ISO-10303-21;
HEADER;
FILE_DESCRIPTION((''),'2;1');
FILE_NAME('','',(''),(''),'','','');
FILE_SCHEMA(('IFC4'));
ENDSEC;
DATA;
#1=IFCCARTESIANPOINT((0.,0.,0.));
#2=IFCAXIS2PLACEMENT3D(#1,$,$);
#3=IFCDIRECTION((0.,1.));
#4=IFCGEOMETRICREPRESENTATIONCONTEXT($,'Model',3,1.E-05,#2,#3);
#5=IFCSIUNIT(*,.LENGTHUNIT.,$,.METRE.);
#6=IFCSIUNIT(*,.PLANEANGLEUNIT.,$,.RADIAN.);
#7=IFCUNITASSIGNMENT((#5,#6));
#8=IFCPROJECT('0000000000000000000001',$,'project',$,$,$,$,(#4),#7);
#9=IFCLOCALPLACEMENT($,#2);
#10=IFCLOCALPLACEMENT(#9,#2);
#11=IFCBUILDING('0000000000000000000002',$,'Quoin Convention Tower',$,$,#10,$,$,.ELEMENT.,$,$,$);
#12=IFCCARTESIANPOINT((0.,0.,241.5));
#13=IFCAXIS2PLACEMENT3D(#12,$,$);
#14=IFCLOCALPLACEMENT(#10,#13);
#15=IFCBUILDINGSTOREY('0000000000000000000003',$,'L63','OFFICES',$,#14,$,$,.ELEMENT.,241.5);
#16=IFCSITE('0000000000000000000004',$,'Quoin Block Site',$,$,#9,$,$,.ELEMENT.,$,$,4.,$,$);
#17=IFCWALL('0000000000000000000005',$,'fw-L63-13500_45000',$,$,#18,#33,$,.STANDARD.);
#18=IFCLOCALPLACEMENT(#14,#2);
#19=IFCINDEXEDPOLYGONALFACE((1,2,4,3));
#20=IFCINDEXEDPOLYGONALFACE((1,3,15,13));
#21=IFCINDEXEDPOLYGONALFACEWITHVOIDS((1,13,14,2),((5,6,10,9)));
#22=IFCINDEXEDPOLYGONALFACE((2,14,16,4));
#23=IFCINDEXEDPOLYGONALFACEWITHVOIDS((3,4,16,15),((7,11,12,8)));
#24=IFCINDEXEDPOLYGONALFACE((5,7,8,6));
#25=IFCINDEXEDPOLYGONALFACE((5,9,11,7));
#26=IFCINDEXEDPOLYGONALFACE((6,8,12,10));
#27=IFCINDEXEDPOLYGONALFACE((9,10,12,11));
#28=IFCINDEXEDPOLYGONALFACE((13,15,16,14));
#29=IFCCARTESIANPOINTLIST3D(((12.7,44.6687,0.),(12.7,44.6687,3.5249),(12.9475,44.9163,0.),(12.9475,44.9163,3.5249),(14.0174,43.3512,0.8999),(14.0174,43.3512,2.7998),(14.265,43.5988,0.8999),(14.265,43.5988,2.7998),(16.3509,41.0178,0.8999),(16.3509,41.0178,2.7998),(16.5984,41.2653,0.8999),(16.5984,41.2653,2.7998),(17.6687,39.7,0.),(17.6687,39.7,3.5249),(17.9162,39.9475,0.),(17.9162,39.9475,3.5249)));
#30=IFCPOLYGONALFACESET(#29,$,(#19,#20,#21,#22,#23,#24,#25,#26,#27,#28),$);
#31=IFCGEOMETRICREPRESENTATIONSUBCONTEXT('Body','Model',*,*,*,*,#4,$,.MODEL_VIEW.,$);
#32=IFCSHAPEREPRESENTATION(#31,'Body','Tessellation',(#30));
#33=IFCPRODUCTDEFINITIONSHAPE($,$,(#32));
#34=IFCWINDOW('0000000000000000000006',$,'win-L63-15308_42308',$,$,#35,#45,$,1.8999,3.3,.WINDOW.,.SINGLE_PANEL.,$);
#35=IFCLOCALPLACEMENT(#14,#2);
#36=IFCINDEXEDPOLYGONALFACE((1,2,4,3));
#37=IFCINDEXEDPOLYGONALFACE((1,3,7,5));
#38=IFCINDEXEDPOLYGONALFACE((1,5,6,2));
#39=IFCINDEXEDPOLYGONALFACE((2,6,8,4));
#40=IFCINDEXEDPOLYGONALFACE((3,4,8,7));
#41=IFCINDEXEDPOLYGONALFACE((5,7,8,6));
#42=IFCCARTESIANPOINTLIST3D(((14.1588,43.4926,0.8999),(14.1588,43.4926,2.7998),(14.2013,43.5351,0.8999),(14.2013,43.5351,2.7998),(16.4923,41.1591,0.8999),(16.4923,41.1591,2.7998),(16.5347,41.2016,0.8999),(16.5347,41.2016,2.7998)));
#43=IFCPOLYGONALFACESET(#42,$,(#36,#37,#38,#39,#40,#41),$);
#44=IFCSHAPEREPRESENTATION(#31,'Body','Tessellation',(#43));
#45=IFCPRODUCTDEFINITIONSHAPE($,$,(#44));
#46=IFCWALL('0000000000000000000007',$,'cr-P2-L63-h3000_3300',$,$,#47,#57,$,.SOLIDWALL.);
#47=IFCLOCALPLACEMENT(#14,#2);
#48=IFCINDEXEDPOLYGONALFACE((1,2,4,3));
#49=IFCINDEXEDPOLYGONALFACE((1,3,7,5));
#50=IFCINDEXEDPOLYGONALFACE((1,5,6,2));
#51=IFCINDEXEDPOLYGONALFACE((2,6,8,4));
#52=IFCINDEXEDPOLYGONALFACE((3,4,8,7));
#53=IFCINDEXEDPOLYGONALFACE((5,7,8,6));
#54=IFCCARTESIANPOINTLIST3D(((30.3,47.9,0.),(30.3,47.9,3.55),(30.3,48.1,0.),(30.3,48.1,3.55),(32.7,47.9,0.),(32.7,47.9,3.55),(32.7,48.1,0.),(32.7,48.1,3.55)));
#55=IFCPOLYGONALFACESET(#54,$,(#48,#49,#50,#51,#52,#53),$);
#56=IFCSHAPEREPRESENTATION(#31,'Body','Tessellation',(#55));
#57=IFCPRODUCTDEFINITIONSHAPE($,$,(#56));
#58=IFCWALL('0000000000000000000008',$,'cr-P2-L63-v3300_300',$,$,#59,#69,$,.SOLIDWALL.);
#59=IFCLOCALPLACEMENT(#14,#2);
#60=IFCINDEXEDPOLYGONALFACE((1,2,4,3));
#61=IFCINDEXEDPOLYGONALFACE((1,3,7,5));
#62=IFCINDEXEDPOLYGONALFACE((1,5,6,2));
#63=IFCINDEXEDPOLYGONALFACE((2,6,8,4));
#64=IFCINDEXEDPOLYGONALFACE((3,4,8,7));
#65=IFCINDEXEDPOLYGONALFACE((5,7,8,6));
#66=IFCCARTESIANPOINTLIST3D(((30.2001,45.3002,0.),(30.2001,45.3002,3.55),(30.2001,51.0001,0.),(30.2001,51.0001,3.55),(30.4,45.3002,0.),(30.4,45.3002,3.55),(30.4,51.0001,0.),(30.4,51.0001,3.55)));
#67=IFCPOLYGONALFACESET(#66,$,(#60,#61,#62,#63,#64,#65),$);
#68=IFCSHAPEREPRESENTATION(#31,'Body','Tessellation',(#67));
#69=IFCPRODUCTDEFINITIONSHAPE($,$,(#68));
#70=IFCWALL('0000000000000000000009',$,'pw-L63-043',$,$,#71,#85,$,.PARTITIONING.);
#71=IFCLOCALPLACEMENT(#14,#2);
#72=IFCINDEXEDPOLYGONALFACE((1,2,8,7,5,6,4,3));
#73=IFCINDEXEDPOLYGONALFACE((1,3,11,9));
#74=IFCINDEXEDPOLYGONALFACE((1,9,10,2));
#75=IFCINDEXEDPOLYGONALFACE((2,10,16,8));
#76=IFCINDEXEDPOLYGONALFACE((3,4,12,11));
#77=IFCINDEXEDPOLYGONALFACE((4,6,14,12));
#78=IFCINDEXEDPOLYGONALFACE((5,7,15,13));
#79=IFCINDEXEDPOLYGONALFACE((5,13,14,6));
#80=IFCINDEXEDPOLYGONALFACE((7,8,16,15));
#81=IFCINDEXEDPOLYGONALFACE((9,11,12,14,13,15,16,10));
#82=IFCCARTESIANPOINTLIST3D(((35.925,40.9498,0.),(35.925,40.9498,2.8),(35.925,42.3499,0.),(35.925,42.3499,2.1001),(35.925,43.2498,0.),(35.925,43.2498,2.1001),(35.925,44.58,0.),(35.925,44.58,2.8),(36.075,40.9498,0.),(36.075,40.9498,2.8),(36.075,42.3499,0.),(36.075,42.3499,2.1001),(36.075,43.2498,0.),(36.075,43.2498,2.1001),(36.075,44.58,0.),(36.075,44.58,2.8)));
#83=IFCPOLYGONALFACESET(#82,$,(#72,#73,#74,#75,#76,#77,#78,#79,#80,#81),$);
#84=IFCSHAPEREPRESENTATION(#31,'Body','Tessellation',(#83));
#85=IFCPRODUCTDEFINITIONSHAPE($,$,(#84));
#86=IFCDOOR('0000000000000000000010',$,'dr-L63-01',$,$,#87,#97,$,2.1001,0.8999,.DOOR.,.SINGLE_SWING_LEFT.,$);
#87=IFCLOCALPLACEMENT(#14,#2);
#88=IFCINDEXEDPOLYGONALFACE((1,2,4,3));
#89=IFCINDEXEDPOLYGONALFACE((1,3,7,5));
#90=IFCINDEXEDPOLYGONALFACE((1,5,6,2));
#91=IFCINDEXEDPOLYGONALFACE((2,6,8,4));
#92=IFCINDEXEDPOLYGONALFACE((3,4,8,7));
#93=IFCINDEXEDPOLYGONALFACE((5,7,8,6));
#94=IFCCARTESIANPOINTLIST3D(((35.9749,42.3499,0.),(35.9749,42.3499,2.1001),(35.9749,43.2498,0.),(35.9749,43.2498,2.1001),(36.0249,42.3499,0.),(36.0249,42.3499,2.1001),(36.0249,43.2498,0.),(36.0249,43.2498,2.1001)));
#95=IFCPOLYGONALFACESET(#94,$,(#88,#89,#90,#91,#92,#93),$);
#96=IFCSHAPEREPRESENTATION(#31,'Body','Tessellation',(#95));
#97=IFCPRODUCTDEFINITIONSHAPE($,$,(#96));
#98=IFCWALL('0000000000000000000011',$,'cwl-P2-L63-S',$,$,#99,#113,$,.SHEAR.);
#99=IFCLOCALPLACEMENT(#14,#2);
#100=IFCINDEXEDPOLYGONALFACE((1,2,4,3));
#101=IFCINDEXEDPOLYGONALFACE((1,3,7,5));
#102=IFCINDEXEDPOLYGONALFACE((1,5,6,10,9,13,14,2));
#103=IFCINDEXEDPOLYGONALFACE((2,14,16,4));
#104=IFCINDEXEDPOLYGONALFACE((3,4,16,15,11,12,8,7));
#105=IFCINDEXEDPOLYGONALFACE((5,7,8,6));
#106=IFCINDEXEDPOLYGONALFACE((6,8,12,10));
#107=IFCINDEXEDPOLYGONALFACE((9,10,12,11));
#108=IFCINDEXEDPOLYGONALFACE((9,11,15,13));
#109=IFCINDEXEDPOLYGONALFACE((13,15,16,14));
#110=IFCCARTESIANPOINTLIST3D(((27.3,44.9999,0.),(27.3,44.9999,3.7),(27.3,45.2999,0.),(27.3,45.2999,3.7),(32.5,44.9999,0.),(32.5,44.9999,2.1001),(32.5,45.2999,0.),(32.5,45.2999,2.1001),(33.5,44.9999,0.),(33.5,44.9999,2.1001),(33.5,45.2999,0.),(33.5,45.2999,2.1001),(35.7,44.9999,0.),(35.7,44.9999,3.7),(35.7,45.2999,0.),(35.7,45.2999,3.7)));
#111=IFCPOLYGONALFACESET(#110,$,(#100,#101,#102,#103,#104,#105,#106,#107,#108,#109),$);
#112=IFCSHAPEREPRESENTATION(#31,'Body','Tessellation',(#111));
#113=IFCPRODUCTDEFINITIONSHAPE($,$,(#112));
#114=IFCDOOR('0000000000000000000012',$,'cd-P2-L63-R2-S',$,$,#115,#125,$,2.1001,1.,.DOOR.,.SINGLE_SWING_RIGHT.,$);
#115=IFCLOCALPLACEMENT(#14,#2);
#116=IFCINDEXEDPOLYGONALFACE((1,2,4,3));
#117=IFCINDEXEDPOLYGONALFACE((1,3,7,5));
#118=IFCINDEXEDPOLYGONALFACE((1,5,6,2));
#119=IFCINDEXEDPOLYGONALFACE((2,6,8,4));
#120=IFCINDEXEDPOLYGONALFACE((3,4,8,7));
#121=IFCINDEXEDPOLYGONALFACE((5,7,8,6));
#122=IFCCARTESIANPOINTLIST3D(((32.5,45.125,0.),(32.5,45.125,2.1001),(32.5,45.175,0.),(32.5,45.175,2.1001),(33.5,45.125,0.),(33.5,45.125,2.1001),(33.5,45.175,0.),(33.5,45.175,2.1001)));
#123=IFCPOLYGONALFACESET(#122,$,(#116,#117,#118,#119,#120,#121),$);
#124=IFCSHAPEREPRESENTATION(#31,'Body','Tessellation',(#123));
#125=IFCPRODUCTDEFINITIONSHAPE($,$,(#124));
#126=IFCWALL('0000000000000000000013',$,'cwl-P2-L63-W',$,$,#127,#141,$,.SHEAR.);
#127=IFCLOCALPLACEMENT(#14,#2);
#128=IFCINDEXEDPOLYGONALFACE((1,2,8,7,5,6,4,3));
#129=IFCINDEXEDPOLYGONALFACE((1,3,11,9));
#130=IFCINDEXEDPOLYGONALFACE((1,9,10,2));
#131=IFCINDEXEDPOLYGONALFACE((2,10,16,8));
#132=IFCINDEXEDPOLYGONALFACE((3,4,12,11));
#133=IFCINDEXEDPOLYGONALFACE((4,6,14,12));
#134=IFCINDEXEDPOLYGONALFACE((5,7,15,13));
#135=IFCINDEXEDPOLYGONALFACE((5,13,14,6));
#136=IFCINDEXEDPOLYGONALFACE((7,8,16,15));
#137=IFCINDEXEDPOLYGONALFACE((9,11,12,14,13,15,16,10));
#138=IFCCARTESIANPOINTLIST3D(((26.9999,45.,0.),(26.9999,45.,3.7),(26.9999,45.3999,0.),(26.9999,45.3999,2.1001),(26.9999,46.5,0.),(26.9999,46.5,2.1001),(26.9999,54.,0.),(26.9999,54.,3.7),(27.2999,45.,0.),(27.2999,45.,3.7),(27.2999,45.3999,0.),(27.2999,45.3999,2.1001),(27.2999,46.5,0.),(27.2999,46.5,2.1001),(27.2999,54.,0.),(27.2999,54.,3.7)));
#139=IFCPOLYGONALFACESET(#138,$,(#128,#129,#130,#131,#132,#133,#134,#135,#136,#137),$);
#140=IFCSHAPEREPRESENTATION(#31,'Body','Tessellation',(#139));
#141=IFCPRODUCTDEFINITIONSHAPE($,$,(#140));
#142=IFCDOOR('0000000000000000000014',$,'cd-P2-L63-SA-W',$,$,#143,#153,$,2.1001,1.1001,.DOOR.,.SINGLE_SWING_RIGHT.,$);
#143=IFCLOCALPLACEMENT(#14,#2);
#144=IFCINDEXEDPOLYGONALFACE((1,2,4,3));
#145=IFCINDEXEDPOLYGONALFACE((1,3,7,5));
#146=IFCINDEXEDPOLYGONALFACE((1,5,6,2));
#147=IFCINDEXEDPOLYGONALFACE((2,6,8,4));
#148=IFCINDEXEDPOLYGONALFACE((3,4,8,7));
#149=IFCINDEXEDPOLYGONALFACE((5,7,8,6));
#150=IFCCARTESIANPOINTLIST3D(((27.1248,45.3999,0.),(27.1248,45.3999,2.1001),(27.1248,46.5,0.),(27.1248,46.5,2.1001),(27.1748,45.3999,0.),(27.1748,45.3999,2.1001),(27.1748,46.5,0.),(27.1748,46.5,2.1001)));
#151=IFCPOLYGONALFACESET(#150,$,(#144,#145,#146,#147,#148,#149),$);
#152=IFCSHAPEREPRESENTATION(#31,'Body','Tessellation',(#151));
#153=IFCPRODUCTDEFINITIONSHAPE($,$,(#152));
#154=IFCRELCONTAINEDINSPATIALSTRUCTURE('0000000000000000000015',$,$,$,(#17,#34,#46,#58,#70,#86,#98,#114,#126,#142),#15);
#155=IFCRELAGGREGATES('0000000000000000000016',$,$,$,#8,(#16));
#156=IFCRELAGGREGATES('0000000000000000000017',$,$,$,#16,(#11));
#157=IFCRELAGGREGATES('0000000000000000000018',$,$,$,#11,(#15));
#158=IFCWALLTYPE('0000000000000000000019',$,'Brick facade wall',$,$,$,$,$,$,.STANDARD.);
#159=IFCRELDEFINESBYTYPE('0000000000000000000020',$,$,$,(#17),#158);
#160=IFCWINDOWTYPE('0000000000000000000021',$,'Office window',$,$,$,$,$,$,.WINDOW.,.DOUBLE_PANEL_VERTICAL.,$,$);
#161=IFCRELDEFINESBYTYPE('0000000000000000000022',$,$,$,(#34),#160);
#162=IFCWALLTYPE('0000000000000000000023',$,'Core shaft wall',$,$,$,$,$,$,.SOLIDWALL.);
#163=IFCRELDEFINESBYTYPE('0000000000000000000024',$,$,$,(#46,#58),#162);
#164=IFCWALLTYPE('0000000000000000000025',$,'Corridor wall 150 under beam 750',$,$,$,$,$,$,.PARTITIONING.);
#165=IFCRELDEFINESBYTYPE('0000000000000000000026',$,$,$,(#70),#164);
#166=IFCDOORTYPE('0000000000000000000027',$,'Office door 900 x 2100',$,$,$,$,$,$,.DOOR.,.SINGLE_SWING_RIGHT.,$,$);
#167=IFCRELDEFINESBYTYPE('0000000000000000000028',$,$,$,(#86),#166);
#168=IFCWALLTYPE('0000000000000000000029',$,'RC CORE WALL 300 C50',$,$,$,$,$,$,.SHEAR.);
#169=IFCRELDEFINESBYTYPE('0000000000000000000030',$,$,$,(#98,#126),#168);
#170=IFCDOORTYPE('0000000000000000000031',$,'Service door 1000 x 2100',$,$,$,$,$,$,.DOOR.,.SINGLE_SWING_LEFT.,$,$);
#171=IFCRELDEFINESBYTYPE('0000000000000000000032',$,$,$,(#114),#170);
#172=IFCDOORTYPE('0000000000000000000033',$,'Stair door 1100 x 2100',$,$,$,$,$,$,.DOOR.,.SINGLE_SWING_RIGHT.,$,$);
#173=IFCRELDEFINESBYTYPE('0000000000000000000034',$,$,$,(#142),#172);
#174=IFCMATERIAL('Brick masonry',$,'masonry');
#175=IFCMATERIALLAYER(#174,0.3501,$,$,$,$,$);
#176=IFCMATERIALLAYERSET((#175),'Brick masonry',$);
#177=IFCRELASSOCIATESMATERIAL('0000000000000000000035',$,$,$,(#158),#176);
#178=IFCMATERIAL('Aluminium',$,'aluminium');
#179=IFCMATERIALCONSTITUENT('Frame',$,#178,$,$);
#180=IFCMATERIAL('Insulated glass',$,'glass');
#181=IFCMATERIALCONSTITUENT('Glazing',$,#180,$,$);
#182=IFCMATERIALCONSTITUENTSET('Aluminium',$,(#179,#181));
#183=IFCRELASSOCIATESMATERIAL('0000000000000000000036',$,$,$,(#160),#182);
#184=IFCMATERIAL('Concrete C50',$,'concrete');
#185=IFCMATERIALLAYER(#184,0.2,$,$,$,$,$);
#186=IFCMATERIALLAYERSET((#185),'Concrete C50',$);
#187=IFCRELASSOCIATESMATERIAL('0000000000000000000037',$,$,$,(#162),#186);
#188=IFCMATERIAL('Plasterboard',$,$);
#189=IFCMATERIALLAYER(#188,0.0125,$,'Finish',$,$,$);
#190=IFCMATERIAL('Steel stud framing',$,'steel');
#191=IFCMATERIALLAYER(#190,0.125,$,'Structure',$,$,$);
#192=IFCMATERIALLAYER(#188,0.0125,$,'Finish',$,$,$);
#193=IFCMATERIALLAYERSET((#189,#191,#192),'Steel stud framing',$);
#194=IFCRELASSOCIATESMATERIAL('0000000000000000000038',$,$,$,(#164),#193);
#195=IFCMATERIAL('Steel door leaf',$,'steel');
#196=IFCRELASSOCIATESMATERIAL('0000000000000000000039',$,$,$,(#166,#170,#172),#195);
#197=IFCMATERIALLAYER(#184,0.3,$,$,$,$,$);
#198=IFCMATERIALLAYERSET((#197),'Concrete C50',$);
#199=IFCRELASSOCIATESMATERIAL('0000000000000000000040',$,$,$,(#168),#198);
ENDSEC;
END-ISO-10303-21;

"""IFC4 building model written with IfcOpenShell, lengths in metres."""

from ifc_helpers import new_model, si_unit, direction, frame, frame_2d, origin, place, context, subcontext, project, spatial, rectangle, extrude, material, layer, layer_set, constituent, constituent_set, type_object, element, fill, save


model = new_model("IFC4")

# Units and contexts
model_context = context("Model", 3, precision=1e-05, world=origin(), true_north=direction((0.0, 1.0)))
body_context = subcontext(model_context, "Body", "Model", "MODEL_VIEW")
ifc_project = project(units=[si_unit("LENGTHUNIT", "METRE"), si_unit("PLANEANGLEUNIT", "RADIAN")], contexts=[model_context])

# Site, building, storey
site_placement = place(None, origin())
site = spatial("IfcSite", under=ifc_project, at=site_placement, Name="Quoin Block Site", CompositionType="ELEMENT", RefElevation=4.0)
building_placement = place(site_placement, origin())
building = spatial("IfcBuilding", under=site, at=building_placement, Name="Quoin Convention Tower", CompositionType="ELEMENT")
storey_placement = place(building_placement, frame((0.0, 0.0, 241.5)))
storey = spatial("IfcBuildingStorey", under=building, at=storey_placement, Name="L63", Description="OFFICES", CompositionType="ELEMENT", Elevation=241.5)

# Shared definitions
ifc_material_1 = material(Name="Concrete C50", Category="concrete")

# Wall, opening, window
ifc_material_2 = material(Name="Brick masonry", Category="masonry")
ifc_layer_1 = layer(ifc_material_2, 0.3501)
ifc_layer_set_1 = layer_set([ifc_layer_1], Name="Brick masonry")
wall_type_1 = type_object("IfcWallType", Name="Brick facade wall", PredefinedType="STANDARD", material=ifc_layer_set_1)
wall_1_placement = place(storey_placement, frame((12.8237, 44.7925, 0.0), z_axis=(0.0, 0.0, 1.0), x_axis=(0.707107, -0.707107, 0.0)))
wall_1 = element("IfcWall", 1, at=wall_1_placement, inside=storey, type_object=wall_type_1, Name="fw-L63-13500_45000", PredefinedType="STANDARD", context=body_context, shape_type="SweptSolid", body=[
    extrude(rectangle(XDim=7.0269, YDim=0.3501, at=frame_2d((3.5134, 0.0))), origin(), (0.0, 0.0, 1.0), 3.5249),
])
opening_1_placement = place(wall_1_placement, frame((1.8633, 0.0, 0.8999)))
opening_1 = element("IfcOpeningElement", 2, at=opening_1_placement, cuts=wall_1, PredefinedType="OPENING", context=body_context, shape_type="SweptSolid", body=[
    extrude(rectangle(XDim=3.3, YDim=1.8999, at=frame_2d((1.6499, 0.95))), frame((0.0, 0.1851, 0.0), z_axis=(0.0, -1.0, 0.0), x_axis=(1.0, 0.0, 0.0)), (0.0, 0.0, 1.0), 0.3701),
])
ifc_material_3 = material(Name="Aluminium", Category="aluminium")
ifc_constituent_1 = constituent(ifc_material_3, Name="Frame")
ifc_material_4 = material(Name="Insulated glass", Category="glass")
ifc_constituent_2 = constituent(ifc_material_4, Name="Glazing")
ifc_constituent_set = constituent_set(constituents=[ifc_constituent_1, ifc_constituent_2], Name="Aluminium")
window_type = type_object("IfcWindowType", Name="Office window", PartitioningType="DOUBLE_PANEL_VERTICAL", PredefinedType="WINDOW", material=ifc_constituent_set)
window_placement = place(opening_1_placement, origin())
window = element("IfcWindow", 3, at=window_placement, inside=storey, type_object=window_type, Name="win-L63-15308_42308", OverallHeight=1.8999, OverallWidth=3.3, PartitioningType="SINGLE_PANEL", PredefinedType="WINDOW", context=body_context, shape_type="SweptSolid", body=[
    extrude(rectangle(XDim=3.3, YDim=1.8999, at=frame_2d((1.6499, 0.95))), frame((0.0, 0.085, 0.0), z_axis=(0.0, -1.0, 0.0), x_axis=(1.0, 0.0, 0.0)), (0.0, 0.0, 1.0), 0.0601),
])
fill(opening_1, window)

# Walls
ifc_layer_2 = layer(ifc_material_1, 0.2)
ifc_layer_set_2 = layer_set([ifc_layer_2], Name="Concrete C50")
wall_type_2 = type_object("IfcWallType", Name="Core shaft wall", PredefinedType="SOLIDWALL", material=ifc_layer_set_2)
wall_2_placement = place(storey_placement, frame((30.3, 48.0, 0.0), z_axis=(0.0, 0.0, 1.0), x_axis=(1.0, 0.0, 0.0)))
element("IfcWall", 4, at=wall_2_placement, inside=storey, type_object=wall_type_2, Name="cr-P2-L63-h3000_3300", PredefinedType="SOLIDWALL", context=body_context, shape_type="SweptSolid", body=[
    extrude(rectangle(XDim=2.3999, YDim=0.2, at=frame_2d((1.2, 0.0))), origin(), (0.0, 0.0, 1.0), 3.55),
])
wall_3_placement = place(storey_placement, frame((30.3, 45.3, 0.0), z_axis=(0.0, 0.0, 1.0), x_axis=(0.0, 1.0, 0.0)))
element("IfcWall", 5, at=wall_3_placement, inside=storey, type_object=wall_type_2, Name="cr-P2-L63-v3300_300", PredefinedType="SOLIDWALL", context=body_context, shape_type="SweptSolid", body=[
    extrude(rectangle(XDim=5.7, YDim=0.2, at=frame_2d((2.8501, 0.0))), origin(), (0.0, 0.0, 1.0), 3.55),
])

# Walls, openings, doors
ifc_material_5 = material(Name="Plasterboard")
ifc_layer_3 = layer(ifc_material_5, 0.0125, Name="Finish")
ifc_material_6 = material(Name="Steel stud framing", Category="steel")
ifc_layer_4 = layer(ifc_material_6, 0.125, Name="Structure")
ifc_layer_5 = layer(ifc_material_5, 0.0125, Name="Finish")
ifc_layer_set_3 = layer_set([ifc_layer_3, ifc_layer_4, ifc_layer_5], Name="Steel stud framing")
wall_type_3 = type_object("IfcWallType", Name="Corridor wall 150 under beam 750", PredefinedType="PARTITIONING", material=ifc_layer_set_3)
wall_4_placement = place(storey_placement, frame((36.0, 40.95, 0.0), z_axis=(0.0, 0.0, 1.0), x_axis=(0.0, 1.0, 0.0)))
wall_4 = element("IfcWall", 6, at=wall_4_placement, inside=storey, type_object=wall_type_3, Name="pw-L63-043", PredefinedType="PARTITIONING", context=body_context, shape_type="SweptSolid", body=[
    extrude(rectangle(XDim=3.6301, YDim=0.1499, at=frame_2d((1.8149, 0.0))), origin(), (0.0, 0.0, 1.0), 2.8),
])
opening_2_placement = place(wall_4_placement, frame((1.3999, 0.0, 0.0)))
opening_2 = element("IfcOpeningElement", 7, at=opening_2_placement, cuts=wall_4, PredefinedType="OPENING", context=body_context, shape_type="SweptSolid", body=[
    extrude(rectangle(XDim=0.8999, YDim=2.1001, at=frame_2d((0.45, 1.05))), frame((0.0, 0.085, 0.0), z_axis=(0.0, -1.0, 0.0), x_axis=(1.0, 0.0, 0.0)), (0.0, 0.0, 1.0), 0.1699),
])
ifc_material_7 = material(Name="Steel door leaf", Category="steel")
door_type_1 = type_object("IfcDoorType", Name="Office door 900 x 2100", OperationType="SINGLE_SWING_RIGHT", PredefinedType="DOOR", material=ifc_material_7)
door_1_placement = place(opening_2_placement, frame((0.8999, 0.0, 0.0), z_axis=(0.0, 0.0, 1.0), x_axis=(-1.0, 0.0, 0.0)))
door_1 = element("IfcDoor", 8, at=door_1_placement, inside=storey, type_object=door_type_1, Name="dr-L63-01", OperationType="SINGLE_SWING_LEFT", OverallHeight=2.1001, OverallWidth=0.8999, PredefinedType="DOOR", context=body_context, shape_type="SweptSolid", body=[
    extrude(rectangle(XDim=0.8999, YDim=2.1001, at=frame_2d((0.45, 1.05))), frame((0.0, 0.0249, 0.0), z_axis=(0.0, -1.0, 0.0), x_axis=(1.0, 0.0, 0.0)), (0.0, 0.0, 1.0), 0.05),
])
fill(opening_2, door_1)
ifc_layer_6 = layer(ifc_material_1, 0.3)
ifc_layer_set_4 = layer_set([ifc_layer_6], Name="Concrete C50")
wall_type_4 = type_object("IfcWallType", Name="RC CORE WALL 300 C50", PredefinedType="SHEAR", material=ifc_layer_set_4)
wall_5_placement = place(storey_placement, frame((27.3, 45.1499, 0.0), z_axis=(0.0, 0.0, 1.0), x_axis=(1.0, 0.0, 0.0)))
wall_5 = element("IfcWall", 9, at=wall_5_placement, inside=storey, type_object=wall_type_4, Name="cwl-P2-L63-S", PredefinedType="SHEAR", context=body_context, shape_type="SweptSolid", body=[
    extrude(rectangle(XDim=8.3999, YDim=0.3, at=frame_2d((4.2, 0.0))), origin(), (0.0, 0.0, 1.0), 3.7),
])
opening_3_placement = place(wall_5_placement, frame((5.2, 0.0, 0.0)))
opening_3 = element("IfcOpeningElement", 10, at=opening_3_placement, cuts=wall_5, PredefinedType="OPENING", context=body_context, shape_type="SweptSolid", body=[
    extrude(rectangle(XDim=1.0, YDim=2.1001, at=frame_2d((0.5, 1.05))), frame((0.0, 0.1599, 0.0), z_axis=(0.0, -1.0, 0.0), x_axis=(1.0, 0.0, 0.0)), (0.0, 0.0, 1.0), 0.3201),
])
door_type_2 = type_object("IfcDoorType", Name="Service door 1000 x 2100", OperationType="SINGLE_SWING_LEFT", PredefinedType="DOOR", material=ifc_material_7)
door_2_placement = place(opening_3_placement, frame((1.0, 0.0, 0.0), z_axis=(0.0, 0.0, 1.0), x_axis=(-1.0, 0.0, 0.0)))
door_2 = element("IfcDoor", 11, at=door_2_placement, inside=storey, type_object=door_type_2, Name="cd-P2-L63-R2-S", OperationType="SINGLE_SWING_RIGHT", OverallHeight=2.1001, OverallWidth=1.0, PredefinedType="DOOR", context=body_context, shape_type="SweptSolid", body=[
    extrude(rectangle(XDim=1.0, YDim=2.1001, at=frame_2d((0.5, 1.05))), frame((0.0, 0.0249, 0.0), z_axis=(0.0, -1.0, 0.0), x_axis=(1.0, 0.0, 0.0)), (0.0, 0.0, 1.0), 0.05),
])
fill(opening_3, door_2)
wall_6_placement = place(storey_placement, frame((27.1499, 45.0, 0.0), z_axis=(0.0, 0.0, 1.0), x_axis=(0.0, 1.0, 0.0)))
wall_6 = element("IfcWall", 12, at=wall_6_placement, inside=storey, type_object=wall_type_4, Name="cwl-P2-L63-W", PredefinedType="SHEAR", context=body_context, shape_type="SweptSolid", body=[
    extrude(rectangle(XDim=9.0, YDim=0.3, at=frame_2d((4.5, 0.0))), origin(), (0.0, 0.0, 1.0), 3.7),
])
opening_4_placement = place(wall_6_placement, frame((0.3999, 0.0, 0.0)))
opening_4 = element("IfcOpeningElement", 13, at=opening_4_placement, cuts=wall_6, PredefinedType="OPENING", context=body_context, shape_type="SweptSolid", body=[
    extrude(rectangle(XDim=1.1001, YDim=2.1001, at=frame_2d((0.55, 1.05))), frame((0.0, 0.1599, 0.0), z_axis=(0.0, -1.0, 0.0), x_axis=(1.0, 0.0, 0.0)), (0.0, 0.0, 1.0), 0.3201),
])
door_type_3 = type_object("IfcDoorType", Name="Stair door 1100 x 2100", OperationType="SINGLE_SWING_RIGHT", PredefinedType="DOOR", material=ifc_material_7)
door_3_placement = place(opening_4_placement, frame((1.1001, 0.0, 0.0), z_axis=(0.0, 0.0, 1.0), x_axis=(-1.0, 0.0, 0.0)))
door_3 = element("IfcDoor", 14, at=door_3_placement, inside=storey, type_object=door_type_3, Name="cd-P2-L63-SA-W", OperationType="SINGLE_SWING_RIGHT", OverallHeight=2.1001, OverallWidth=1.1001, PredefinedType="DOOR", context=body_context, shape_type="SweptSolid", body=[
    extrude(rectangle(XDim=1.1001, YDim=2.1001, at=frame_2d((0.55, 1.05))), frame((0.0, 0.0249, 0.0), z_axis=(0.0, -1.0, 0.0), x_axis=(1.0, 0.0, 0.0)), (0.0, 0.0, 1.0), 0.05),
])
fill(opening_4, door_3)

save(model, "model.ifc")
